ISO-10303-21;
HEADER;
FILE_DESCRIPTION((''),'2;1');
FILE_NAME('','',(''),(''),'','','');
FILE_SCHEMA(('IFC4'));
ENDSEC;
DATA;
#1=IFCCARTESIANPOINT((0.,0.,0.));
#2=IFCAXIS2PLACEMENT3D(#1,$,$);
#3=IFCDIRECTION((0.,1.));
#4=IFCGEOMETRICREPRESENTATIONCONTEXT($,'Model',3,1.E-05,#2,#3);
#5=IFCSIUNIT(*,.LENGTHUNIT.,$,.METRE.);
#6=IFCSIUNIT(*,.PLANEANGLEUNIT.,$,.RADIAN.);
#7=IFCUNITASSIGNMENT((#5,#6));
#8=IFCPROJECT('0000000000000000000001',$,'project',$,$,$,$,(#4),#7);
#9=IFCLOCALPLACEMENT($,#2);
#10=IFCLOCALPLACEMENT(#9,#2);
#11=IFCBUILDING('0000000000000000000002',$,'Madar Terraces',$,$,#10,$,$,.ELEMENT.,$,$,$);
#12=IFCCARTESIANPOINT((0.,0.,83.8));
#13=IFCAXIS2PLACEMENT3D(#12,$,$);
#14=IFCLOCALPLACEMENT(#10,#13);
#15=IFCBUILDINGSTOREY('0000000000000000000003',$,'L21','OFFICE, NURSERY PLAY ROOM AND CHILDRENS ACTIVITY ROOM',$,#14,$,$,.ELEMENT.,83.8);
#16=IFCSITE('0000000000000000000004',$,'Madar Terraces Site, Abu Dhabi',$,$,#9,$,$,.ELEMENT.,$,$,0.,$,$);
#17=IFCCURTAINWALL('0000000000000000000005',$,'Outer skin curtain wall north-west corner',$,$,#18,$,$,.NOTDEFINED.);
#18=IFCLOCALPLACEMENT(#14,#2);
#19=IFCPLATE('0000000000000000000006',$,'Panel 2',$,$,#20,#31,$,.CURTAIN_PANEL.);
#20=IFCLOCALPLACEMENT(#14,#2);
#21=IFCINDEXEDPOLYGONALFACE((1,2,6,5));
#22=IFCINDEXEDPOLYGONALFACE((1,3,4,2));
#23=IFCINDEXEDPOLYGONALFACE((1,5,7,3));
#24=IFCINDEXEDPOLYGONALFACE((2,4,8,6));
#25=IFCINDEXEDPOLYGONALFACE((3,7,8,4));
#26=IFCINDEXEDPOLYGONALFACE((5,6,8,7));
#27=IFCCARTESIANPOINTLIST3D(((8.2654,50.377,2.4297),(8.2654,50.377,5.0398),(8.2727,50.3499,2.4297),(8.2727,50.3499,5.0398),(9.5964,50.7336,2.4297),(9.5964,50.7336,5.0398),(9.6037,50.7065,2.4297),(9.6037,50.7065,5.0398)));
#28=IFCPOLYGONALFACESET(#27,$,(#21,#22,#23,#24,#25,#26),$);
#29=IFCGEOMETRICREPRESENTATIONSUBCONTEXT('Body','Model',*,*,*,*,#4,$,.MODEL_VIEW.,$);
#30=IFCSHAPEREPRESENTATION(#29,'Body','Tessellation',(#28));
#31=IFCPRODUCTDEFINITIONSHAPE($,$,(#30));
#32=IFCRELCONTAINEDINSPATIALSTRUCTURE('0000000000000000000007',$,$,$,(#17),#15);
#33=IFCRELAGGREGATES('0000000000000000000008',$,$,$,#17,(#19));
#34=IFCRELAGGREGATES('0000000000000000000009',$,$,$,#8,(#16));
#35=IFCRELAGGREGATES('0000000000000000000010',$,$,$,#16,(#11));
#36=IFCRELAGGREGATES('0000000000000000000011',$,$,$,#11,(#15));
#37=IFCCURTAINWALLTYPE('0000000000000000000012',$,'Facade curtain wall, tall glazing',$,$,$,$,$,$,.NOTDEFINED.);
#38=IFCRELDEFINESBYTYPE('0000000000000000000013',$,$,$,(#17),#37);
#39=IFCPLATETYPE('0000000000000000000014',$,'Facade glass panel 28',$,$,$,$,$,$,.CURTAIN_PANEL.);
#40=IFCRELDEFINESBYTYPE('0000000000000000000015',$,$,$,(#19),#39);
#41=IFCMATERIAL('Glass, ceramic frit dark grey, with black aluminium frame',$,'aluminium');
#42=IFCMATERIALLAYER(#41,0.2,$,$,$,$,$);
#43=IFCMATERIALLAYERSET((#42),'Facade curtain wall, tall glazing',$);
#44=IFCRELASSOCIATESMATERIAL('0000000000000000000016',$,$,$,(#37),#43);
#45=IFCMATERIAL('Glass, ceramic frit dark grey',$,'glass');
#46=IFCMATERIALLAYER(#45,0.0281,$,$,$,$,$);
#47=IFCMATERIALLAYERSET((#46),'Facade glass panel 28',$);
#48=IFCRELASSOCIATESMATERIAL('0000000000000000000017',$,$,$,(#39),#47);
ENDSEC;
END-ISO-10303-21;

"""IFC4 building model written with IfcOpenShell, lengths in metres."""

from ifc_helpers import new_model, si_unit, direction, frame, origin, origin_2d, place, context, subcontext, project, spatial, rectangle, extrude, material, layer, layer_set, type_object, element, aggregate, save


model = new_model("IFC4")

# Units and contexts
model_context = context("Model", 3, precision=1e-05, world=origin(), true_north=direction((0.0, 1.0)))
body_context = subcontext(model_context, "Body", "Model", "MODEL_VIEW")
ifc_project = project(units=[si_unit("LENGTHUNIT", "METRE"), si_unit("PLANEANGLEUNIT", "RADIAN")], contexts=[model_context])

# Site, building, storey
site_placement = place(None, origin())
site = spatial("IfcSite", under=ifc_project, at=site_placement, Name="Madar Terraces Site, Abu Dhabi", CompositionType="ELEMENT", RefElevation=0.0)
building_placement = place(site_placement, origin())
building = spatial("IfcBuilding", under=site, at=building_placement, Name="Madar Terraces", CompositionType="ELEMENT")
storey_placement = place(building_placement, frame((0.0, 0.0, 83.8)))
storey = spatial("IfcBuildingStorey", under=building, at=storey_placement, Name="L21", Description="OFFICE, NURSERY PLAY ROOM AND CHILDRENS ACTIVITY ROOM", CompositionType="ELEMENT", Elevation=83.8)

# Curtain wall
ifc_material_1 = material(Name="Glass, ceramic frit dark grey, with black aluminium frame", Category="aluminium")
ifc_layer_1 = layer(ifc_material_1, 0.2)
ifc_layer_set_1 = layer_set([ifc_layer_1], Name="Facade curtain wall, tall glazing")
curtain_wall_type = type_object("IfcCurtainWallType", Name="Facade curtain wall, tall glazing", PredefinedType="NOTDEFINED", material=ifc_layer_set_1)
curtain_wall_1_placement = place(storey_placement, origin())
curtain_wall_1 = element("IfcCurtainWall", 1, at=curtain_wall_1_placement, inside=storey, type_object=curtain_wall_type, Name="Outer skin curtain wall north-west corner", PredefinedType="NOTDEFINED")

# Plate
ifc_material_2 = material(Name="Glass, ceramic frit dark grey", Category="glass")
ifc_layer_2 = layer(ifc_material_2, 0.0281)
ifc_layer_set_2 = layer_set([ifc_layer_2], Name="Facade glass panel 28")
plate_type = type_object("IfcPlateType", Name="Facade glass panel 28", PredefinedType="CURTAIN_PANEL", material=ifc_layer_set_2)
plate_1_placement = place(storey_placement, frame((8.9346, 50.5417, 2.4297), z_axis=(0.0, 0.0, 1.0), x_axis=(-0.965926, -0.258819, 0.0)))
plate_1 = element("IfcPlate", 2, at=plate_1_placement, type_object=plate_type, Name="Panel 2", PredefinedType="CURTAIN_PANEL", context=body_context, shape_type="SweptSolid", body=[
    extrude(rectangle(XDim=1.3779, YDim=0.0281, at=origin_2d()), origin(), (0.0, 0.0, 1.0), 2.6101),
])
aggregate(curtain_wall_1, [plate_1])

save(model, "model.ifc")
